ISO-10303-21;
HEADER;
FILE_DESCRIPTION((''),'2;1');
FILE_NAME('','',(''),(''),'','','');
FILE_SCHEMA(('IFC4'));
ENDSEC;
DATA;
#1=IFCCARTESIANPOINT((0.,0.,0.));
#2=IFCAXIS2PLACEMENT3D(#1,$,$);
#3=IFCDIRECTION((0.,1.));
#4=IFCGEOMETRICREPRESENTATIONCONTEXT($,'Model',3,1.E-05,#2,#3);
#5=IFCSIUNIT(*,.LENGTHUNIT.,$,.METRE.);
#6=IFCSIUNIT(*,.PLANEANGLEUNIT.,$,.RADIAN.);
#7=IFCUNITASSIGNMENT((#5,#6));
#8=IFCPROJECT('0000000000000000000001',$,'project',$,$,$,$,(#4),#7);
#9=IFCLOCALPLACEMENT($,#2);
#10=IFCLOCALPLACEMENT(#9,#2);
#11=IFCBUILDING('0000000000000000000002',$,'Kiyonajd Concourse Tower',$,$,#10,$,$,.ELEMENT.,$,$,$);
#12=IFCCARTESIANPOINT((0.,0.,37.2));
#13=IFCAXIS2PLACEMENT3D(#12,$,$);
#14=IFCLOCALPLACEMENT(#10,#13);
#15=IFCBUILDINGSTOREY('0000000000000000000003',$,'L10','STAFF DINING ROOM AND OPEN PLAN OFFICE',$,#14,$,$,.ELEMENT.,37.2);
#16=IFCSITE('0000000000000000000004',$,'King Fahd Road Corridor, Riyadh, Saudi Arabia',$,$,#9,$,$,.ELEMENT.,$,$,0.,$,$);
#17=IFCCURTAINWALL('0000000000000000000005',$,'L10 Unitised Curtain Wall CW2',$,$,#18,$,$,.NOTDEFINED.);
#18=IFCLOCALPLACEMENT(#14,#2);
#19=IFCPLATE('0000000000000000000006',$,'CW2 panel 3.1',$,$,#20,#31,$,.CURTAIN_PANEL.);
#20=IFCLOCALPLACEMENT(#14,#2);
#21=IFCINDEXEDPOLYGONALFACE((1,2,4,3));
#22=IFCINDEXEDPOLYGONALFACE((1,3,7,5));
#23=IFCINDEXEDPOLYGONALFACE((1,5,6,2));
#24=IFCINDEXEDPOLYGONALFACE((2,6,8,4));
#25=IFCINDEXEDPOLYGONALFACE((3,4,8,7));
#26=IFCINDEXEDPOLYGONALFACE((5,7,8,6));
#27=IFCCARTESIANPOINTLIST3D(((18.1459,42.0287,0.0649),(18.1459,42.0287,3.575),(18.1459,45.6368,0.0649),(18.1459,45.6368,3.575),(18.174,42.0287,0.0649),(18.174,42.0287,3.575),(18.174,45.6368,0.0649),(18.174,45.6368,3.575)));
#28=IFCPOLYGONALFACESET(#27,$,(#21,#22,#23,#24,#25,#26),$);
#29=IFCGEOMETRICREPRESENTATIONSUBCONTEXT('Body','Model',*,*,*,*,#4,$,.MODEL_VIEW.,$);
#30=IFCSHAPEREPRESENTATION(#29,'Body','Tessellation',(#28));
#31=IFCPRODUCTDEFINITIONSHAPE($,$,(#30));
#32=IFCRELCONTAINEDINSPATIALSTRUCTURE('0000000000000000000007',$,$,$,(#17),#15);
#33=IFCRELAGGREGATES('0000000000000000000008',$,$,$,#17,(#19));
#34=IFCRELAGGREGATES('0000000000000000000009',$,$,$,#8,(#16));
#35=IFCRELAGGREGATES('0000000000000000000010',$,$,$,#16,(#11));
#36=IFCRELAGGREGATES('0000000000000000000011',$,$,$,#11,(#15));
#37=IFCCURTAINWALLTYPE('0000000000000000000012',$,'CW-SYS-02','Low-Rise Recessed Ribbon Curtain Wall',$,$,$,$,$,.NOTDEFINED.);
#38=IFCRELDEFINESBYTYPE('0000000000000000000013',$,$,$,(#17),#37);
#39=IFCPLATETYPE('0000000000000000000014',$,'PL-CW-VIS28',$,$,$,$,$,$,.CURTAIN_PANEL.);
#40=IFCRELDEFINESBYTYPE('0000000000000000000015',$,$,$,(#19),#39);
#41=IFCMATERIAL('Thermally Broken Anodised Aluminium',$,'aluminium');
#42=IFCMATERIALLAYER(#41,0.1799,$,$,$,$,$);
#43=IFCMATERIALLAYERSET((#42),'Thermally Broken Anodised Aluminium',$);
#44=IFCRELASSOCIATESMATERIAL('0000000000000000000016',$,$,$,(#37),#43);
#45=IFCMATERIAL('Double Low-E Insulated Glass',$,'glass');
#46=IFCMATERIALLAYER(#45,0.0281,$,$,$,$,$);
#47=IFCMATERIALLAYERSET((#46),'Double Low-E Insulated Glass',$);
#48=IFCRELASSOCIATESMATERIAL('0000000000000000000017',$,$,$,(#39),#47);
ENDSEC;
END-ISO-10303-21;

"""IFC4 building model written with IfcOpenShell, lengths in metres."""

from ifc_helpers import new_model, si_unit, direction, frame, origin, origin_2d, place, context, subcontext, project, spatial, rectangle, extrude, material, layer, layer_set, type_object, element, aggregate, save


model = new_model("IFC4")

# Units and contexts
model_context = context("Model", 3, precision=1e-05, world=origin(), true_north=direction((0.0, 1.0)))
body_context = subcontext(model_context, "Body", "Model", "MODEL_VIEW")
ifc_project = project(units=[si_unit("LENGTHUNIT", "METRE"), si_unit("PLANEANGLEUNIT", "RADIAN")], contexts=[model_context])

# Site, building, storey
site_placement = place(None, origin())
site = spatial("IfcSite", under=ifc_project, at=site_placement, Name="King Fahd Road Corridor, Riyadh, Saudi Arabia", CompositionType="ELEMENT", RefElevation=0.0)
building_placement = place(site_placement, origin())
building = spatial("IfcBuilding", under=site, at=building_placement, Name="Kiyonajd Concourse Tower", CompositionType="ELEMENT")
storey_placement = place(building_placement, frame((0.0, 0.0, 37.2)))
storey = spatial("IfcBuildingStorey", under=building, at=storey_placement, Name="L10", Description="STAFF DINING ROOM AND OPEN PLAN OFFICE", CompositionType="ELEMENT", Elevation=37.2)

# Curtain wall, plate
ifc_material_1 = material(Name="Thermally Broken Anodised Aluminium", Category="aluminium")
ifc_layer_1 = layer(ifc_material_1, 0.1799)
ifc_layer_set_1 = layer_set([ifc_layer_1], Name="Thermally Broken Anodised Aluminium")
curtain_wall_type = type_object("IfcCurtainWallType", Name="CW-SYS-02", Description="Low-Rise Recessed Ribbon Curtain Wall", PredefinedType="NOTDEFINED", material=ifc_layer_set_1)
curtain_wall_placement = place(storey_placement, origin())
curtain_wall = element("IfcCurtainWall", 1, at=curtain_wall_placement, inside=storey, type_object=curtain_wall_type, Name="L10 Unitised Curtain Wall CW2", PredefinedType="NOTDEFINED")
ifc_material_2 = material(Name="Double Low-E Insulated Glass", Category="glass")
ifc_layer_2 = layer(ifc_material_2, 0.0281)
ifc_layer_set_2 = layer_set([ifc_layer_2], Name="Double Low-E Insulated Glass")
plate_type = type_object("IfcPlateType", Name="PL-CW-VIS28", PredefinedType="CURTAIN_PANEL", material=ifc_layer_set_2)
plate_1_placement = place(storey_placement, frame((18.1599, 43.8328, 0.0649), z_axis=(0.0, 0.0, 1.0), x_axis=(0.0, 1.0, 0.0)))
plate_1 = element("IfcPlate", 2, at=plate_1_placement, type_object=plate_type, Name="CW2 panel 3.1", PredefinedType="CURTAIN_PANEL", context=body_context, shape_type="SweptSolid", body=[
    extrude(rectangle(XDim=3.6082, YDim=0.0281, at=origin_2d()), origin(), (0.0, 0.0, 1.0), 3.51),
])
aggregate(curtain_wall, [plate_1])

save(model, "model.ifc")
